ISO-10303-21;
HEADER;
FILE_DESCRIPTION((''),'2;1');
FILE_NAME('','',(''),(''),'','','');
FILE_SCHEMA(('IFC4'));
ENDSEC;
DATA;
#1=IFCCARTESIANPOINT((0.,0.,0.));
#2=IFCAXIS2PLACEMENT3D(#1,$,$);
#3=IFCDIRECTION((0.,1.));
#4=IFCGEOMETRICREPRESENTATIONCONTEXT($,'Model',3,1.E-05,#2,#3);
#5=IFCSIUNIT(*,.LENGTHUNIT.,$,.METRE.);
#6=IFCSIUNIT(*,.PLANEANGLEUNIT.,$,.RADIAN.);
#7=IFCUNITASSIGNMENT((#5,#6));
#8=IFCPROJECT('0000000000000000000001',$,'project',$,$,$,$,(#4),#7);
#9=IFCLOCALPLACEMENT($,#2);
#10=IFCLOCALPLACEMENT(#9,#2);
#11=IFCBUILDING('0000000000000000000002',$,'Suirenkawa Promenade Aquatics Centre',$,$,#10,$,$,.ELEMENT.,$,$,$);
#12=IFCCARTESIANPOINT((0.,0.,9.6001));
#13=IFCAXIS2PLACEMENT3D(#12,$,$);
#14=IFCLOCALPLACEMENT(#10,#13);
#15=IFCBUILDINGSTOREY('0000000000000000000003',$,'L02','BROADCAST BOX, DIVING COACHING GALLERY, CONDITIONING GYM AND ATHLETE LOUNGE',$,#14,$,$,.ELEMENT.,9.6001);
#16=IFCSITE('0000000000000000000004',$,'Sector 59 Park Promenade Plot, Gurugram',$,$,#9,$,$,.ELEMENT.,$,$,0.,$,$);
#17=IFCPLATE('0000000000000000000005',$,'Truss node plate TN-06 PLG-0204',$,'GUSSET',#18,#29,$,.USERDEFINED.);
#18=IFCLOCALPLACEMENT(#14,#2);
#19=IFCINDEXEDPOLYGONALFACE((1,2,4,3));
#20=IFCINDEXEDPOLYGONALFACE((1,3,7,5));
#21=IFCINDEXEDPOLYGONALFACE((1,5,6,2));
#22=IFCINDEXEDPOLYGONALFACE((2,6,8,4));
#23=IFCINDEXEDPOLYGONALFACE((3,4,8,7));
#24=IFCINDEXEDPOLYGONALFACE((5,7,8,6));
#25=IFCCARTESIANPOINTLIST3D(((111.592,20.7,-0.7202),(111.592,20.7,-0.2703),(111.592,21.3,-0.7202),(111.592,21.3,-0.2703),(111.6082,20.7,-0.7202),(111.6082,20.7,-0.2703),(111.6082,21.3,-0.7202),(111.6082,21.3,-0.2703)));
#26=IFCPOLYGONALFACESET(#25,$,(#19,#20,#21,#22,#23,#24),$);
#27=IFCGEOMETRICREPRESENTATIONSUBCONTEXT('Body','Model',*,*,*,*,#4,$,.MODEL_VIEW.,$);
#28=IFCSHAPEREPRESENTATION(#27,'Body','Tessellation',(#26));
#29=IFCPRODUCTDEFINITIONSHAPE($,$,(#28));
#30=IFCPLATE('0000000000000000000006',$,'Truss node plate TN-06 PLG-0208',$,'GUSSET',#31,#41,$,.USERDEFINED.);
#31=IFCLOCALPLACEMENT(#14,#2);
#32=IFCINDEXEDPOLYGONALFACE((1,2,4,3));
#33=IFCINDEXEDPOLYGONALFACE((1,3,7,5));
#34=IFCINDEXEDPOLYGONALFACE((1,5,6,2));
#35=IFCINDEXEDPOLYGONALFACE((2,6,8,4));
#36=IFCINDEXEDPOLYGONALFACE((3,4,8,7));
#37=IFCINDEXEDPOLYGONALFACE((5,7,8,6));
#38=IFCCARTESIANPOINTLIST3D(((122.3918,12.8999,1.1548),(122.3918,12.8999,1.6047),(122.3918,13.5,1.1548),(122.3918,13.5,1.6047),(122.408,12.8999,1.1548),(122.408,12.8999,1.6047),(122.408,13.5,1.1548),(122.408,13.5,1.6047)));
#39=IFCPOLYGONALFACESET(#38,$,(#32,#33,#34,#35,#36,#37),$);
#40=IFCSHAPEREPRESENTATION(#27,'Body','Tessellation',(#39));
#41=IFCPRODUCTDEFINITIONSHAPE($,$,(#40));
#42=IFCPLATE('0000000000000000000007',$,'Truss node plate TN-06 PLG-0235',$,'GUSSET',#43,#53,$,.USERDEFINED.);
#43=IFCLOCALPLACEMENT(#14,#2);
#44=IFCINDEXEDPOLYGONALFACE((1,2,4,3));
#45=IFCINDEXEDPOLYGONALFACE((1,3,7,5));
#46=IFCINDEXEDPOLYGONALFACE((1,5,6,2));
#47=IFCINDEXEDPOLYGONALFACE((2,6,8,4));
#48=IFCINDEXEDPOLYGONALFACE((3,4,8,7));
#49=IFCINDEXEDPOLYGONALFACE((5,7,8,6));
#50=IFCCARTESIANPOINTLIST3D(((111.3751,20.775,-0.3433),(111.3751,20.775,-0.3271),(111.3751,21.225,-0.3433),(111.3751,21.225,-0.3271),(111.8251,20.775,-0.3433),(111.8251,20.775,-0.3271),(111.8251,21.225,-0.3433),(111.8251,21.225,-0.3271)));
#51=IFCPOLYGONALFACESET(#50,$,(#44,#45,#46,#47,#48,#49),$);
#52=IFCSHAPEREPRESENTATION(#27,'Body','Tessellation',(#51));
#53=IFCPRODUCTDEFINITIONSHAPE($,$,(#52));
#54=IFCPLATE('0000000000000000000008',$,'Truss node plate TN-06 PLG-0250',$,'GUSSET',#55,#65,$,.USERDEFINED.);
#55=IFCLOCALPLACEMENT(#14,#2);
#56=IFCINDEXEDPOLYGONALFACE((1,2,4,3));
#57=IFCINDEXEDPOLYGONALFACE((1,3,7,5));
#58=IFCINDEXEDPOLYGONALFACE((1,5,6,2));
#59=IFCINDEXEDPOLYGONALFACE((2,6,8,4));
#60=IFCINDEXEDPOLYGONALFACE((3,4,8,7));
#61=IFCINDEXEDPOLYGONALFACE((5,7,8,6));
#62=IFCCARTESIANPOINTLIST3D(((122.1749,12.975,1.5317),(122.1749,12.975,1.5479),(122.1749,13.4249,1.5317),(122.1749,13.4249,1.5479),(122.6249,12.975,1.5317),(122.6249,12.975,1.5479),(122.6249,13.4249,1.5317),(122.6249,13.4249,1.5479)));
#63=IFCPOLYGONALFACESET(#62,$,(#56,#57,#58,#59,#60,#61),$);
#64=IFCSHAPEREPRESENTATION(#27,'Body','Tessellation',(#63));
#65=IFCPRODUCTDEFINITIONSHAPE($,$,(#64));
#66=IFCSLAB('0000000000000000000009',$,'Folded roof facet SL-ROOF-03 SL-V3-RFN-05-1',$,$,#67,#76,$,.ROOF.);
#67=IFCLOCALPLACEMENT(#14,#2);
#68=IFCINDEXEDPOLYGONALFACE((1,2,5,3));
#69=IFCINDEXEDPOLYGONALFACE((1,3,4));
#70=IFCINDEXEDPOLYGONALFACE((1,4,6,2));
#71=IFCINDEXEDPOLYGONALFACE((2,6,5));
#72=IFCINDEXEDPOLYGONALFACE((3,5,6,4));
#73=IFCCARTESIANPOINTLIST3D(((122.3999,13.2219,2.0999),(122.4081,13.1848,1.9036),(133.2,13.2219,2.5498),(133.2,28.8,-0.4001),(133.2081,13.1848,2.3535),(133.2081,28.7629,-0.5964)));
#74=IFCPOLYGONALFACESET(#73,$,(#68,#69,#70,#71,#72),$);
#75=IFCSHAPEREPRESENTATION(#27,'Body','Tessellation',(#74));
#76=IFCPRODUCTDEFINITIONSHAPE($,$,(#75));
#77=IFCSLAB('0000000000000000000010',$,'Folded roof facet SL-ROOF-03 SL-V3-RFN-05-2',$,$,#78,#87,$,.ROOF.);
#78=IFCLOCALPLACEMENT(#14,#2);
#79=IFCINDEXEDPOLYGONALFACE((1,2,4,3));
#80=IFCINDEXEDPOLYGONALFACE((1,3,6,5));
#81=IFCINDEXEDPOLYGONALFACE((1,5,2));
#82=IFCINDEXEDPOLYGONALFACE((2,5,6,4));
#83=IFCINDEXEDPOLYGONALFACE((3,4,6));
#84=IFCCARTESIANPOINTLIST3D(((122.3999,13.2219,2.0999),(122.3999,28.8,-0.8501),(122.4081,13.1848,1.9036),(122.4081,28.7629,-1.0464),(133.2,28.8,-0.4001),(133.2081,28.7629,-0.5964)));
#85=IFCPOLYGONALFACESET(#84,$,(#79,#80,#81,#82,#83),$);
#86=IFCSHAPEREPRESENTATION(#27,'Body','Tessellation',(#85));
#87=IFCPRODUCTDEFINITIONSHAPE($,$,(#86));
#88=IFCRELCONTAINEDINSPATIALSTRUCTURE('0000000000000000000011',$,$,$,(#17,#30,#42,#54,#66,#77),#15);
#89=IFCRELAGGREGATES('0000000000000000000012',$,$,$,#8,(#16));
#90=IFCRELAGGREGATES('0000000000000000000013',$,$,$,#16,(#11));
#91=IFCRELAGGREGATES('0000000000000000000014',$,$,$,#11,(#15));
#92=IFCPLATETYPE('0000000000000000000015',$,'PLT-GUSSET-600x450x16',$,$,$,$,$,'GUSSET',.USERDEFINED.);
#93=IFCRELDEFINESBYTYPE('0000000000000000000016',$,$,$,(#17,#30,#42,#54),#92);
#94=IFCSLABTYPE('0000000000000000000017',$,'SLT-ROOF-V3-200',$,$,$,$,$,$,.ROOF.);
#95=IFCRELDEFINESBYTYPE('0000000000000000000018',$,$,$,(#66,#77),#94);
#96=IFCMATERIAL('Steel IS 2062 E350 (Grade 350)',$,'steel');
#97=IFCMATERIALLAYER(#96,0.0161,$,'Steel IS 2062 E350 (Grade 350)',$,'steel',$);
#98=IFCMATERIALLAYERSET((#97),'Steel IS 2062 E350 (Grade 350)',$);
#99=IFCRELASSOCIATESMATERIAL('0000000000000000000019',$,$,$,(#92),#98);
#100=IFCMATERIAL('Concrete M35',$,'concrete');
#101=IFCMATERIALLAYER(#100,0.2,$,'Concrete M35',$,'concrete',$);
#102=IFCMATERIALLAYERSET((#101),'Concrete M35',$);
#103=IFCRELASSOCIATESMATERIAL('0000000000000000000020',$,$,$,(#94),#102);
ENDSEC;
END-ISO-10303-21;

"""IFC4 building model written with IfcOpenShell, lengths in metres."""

from ifc_helpers import new_model, si_unit, direction, frame, origin, origin_2d, place, context, subcontext, project, spatial, polyline, rectangle, outline, extrude, material, layer, layer_set, type_object, element, save


model = new_model("IFC4")

# Units and contexts
model_context = context("Model", 3, precision=1e-05, world=origin(), true_north=direction((0.0, 1.0)))
body_context = subcontext(model_context, "Body", "Model", "MODEL_VIEW")
ifc_project = project(units=[si_unit("LENGTHUNIT", "METRE"), si_unit("PLANEANGLEUNIT", "RADIAN")], contexts=[model_context])

# Site, building, storey
site_placement = place(None, origin())
site = spatial("IfcSite", under=ifc_project, at=site_placement, Name="Sector 59 Park Promenade Plot, Gurugram", CompositionType="ELEMENT", RefElevation=0.0)
building_placement = place(site_placement, origin())
building = spatial("IfcBuilding", under=site, at=building_placement, Name="Suirenkawa Promenade Aquatics Centre", CompositionType="ELEMENT")
storey_placement = place(building_placement, frame((0.0, 0.0, 9.6001)))
storey = spatial("IfcBuildingStorey", under=building, at=storey_placement, Name="L02", Description="BROADCAST BOX, DIVING COACHING GALLERY, CONDITIONING GYM AND ATHLETE LOUNGE", CompositionType="ELEMENT", Elevation=9.6001)

# Shared definitions
ifc_material_1 = material(Name="Steel IS 2062 E350 (Grade 350)", Category="steel")

# Plates
ifc_layer_1 = layer(ifc_material_1, 0.0161, Name="Steel IS 2062 E350 (Grade 350)", Category="steel")
ifc_layer_set_1 = layer_set([ifc_layer_1], Name="Steel IS 2062 E350 (Grade 350)")
plate_type = type_object("IfcPlateType", Name="PLT-GUSSET-600x450x16", ElementType="GUSSET", PredefinedType="USERDEFINED", material=ifc_layer_set_1)
for number, where, z_axis, x_axis, name in (
    (1, (111.6001, 21.0, -0.7202), (0.0, 0.0, 1.0), (0.0, 1.0, 0.0), "Truss node plate TN-06 PLG-0204"),
    (2, (122.3999, 13.2, 1.1548), (0.0, 0.0, 1.0), (0.0, 1.0, 0.0), "Truss node plate TN-06 PLG-0208"),
):
    element("IfcPlate", number, at=place(storey_placement, frame(where, z_axis=z_axis, x_axis=x_axis)), inside=storey, type_object=plate_type, Name=name, ObjectType="GUSSET", PredefinedType="USERDEFINED", context=body_context, shape_type="SweptSolid", body=[
        extrude(rectangle(XDim=0.6001, YDim=0.0161, at=origin_2d()), origin(), (0.0, 0.0, 1.0), 0.45),
    ])
for number, where, z_axis, x_axis, name in (
    (3, (111.6001, 21.0, -0.3433), (0.0, 0.0, 1.0), (1.0, 0.0, 0.0), "Truss node plate TN-06 PLG-0235"),
    (4, (122.3999, 13.2, 1.5317), (0.0, 0.0, 1.0), (1.0, 0.0, 0.0), "Truss node plate TN-06 PLG-0250"),
):
    element("IfcPlate", number, at=place(storey_placement, frame(where, z_axis=z_axis, x_axis=x_axis)), inside=storey, type_object=plate_type, Name=name, ObjectType="GUSSET", PredefinedType="USERDEFINED", context=body_context, shape_type="SweptSolid", body=[
        extrude(rectangle(XDim=0.45, YDim=0.45, at=origin_2d()), origin(), (0.0, 0.0, 1.0), 0.0161),
    ])

# Slabs
ifc_material_2 = material(Name="Concrete M35", Category="concrete")
ifc_layer_2 = layer(ifc_material_2, 0.2, Name="Concrete M35", Category="concrete")
ifc_layer_set_2 = layer_set([ifc_layer_2], Name="Concrete M35")
slab_type = type_object("IfcSlabType", Name="SLT-ROOF-V3-200", PredefinedType="ROOF", material=ifc_layer_set_2)
slab_1_placement = place(storey_placement, frame((122.3999, 13.2219, 2.0999), z_axis=(-0.0409, 0.185903, 0.981717), x_axis=(0.999133, 0.0, 0.041626)))
element("IfcSlab", 5, at=slab_1_placement, inside=storey, type_object=slab_type, Name="Folded roof facet SL-ROOF-03 SL-V3-RFN-05-1", PredefinedType="ROOF", context=body_context, shape_type="SweptSolid", body=[
    extrude(outline(polyline([(0.0, 0.0), (10.8094, 0.0), (10.6866, 15.8545), (0.0, 0.0)])), origin(), (0.0, 0.0, -1.0), 0.2),
])
slab_2_placement = place(storey_placement, frame((122.3999, 13.2219, 2.0999), z_axis=(-0.0409, 0.185903, 0.981717), x_axis=(0.56486, 0.814761, -0.130754)))
element("IfcSlab", 6, at=slab_2_placement, inside=storey, type_object=slab_type, Name="Folded roof facet SL-ROOF-03 SL-V3-RFN-05-2", PredefinedType="ROOF", context=body_context, shape_type="SweptSolid", body=[
    extrude(outline(polyline([(0.0, 0.0), (19.1199, 0.0), (13.0782, 8.9633), (0.0, 0.0)])), origin(), (0.0, 0.0, -1.0), 0.2),
])

save(model, "model.ifc")
